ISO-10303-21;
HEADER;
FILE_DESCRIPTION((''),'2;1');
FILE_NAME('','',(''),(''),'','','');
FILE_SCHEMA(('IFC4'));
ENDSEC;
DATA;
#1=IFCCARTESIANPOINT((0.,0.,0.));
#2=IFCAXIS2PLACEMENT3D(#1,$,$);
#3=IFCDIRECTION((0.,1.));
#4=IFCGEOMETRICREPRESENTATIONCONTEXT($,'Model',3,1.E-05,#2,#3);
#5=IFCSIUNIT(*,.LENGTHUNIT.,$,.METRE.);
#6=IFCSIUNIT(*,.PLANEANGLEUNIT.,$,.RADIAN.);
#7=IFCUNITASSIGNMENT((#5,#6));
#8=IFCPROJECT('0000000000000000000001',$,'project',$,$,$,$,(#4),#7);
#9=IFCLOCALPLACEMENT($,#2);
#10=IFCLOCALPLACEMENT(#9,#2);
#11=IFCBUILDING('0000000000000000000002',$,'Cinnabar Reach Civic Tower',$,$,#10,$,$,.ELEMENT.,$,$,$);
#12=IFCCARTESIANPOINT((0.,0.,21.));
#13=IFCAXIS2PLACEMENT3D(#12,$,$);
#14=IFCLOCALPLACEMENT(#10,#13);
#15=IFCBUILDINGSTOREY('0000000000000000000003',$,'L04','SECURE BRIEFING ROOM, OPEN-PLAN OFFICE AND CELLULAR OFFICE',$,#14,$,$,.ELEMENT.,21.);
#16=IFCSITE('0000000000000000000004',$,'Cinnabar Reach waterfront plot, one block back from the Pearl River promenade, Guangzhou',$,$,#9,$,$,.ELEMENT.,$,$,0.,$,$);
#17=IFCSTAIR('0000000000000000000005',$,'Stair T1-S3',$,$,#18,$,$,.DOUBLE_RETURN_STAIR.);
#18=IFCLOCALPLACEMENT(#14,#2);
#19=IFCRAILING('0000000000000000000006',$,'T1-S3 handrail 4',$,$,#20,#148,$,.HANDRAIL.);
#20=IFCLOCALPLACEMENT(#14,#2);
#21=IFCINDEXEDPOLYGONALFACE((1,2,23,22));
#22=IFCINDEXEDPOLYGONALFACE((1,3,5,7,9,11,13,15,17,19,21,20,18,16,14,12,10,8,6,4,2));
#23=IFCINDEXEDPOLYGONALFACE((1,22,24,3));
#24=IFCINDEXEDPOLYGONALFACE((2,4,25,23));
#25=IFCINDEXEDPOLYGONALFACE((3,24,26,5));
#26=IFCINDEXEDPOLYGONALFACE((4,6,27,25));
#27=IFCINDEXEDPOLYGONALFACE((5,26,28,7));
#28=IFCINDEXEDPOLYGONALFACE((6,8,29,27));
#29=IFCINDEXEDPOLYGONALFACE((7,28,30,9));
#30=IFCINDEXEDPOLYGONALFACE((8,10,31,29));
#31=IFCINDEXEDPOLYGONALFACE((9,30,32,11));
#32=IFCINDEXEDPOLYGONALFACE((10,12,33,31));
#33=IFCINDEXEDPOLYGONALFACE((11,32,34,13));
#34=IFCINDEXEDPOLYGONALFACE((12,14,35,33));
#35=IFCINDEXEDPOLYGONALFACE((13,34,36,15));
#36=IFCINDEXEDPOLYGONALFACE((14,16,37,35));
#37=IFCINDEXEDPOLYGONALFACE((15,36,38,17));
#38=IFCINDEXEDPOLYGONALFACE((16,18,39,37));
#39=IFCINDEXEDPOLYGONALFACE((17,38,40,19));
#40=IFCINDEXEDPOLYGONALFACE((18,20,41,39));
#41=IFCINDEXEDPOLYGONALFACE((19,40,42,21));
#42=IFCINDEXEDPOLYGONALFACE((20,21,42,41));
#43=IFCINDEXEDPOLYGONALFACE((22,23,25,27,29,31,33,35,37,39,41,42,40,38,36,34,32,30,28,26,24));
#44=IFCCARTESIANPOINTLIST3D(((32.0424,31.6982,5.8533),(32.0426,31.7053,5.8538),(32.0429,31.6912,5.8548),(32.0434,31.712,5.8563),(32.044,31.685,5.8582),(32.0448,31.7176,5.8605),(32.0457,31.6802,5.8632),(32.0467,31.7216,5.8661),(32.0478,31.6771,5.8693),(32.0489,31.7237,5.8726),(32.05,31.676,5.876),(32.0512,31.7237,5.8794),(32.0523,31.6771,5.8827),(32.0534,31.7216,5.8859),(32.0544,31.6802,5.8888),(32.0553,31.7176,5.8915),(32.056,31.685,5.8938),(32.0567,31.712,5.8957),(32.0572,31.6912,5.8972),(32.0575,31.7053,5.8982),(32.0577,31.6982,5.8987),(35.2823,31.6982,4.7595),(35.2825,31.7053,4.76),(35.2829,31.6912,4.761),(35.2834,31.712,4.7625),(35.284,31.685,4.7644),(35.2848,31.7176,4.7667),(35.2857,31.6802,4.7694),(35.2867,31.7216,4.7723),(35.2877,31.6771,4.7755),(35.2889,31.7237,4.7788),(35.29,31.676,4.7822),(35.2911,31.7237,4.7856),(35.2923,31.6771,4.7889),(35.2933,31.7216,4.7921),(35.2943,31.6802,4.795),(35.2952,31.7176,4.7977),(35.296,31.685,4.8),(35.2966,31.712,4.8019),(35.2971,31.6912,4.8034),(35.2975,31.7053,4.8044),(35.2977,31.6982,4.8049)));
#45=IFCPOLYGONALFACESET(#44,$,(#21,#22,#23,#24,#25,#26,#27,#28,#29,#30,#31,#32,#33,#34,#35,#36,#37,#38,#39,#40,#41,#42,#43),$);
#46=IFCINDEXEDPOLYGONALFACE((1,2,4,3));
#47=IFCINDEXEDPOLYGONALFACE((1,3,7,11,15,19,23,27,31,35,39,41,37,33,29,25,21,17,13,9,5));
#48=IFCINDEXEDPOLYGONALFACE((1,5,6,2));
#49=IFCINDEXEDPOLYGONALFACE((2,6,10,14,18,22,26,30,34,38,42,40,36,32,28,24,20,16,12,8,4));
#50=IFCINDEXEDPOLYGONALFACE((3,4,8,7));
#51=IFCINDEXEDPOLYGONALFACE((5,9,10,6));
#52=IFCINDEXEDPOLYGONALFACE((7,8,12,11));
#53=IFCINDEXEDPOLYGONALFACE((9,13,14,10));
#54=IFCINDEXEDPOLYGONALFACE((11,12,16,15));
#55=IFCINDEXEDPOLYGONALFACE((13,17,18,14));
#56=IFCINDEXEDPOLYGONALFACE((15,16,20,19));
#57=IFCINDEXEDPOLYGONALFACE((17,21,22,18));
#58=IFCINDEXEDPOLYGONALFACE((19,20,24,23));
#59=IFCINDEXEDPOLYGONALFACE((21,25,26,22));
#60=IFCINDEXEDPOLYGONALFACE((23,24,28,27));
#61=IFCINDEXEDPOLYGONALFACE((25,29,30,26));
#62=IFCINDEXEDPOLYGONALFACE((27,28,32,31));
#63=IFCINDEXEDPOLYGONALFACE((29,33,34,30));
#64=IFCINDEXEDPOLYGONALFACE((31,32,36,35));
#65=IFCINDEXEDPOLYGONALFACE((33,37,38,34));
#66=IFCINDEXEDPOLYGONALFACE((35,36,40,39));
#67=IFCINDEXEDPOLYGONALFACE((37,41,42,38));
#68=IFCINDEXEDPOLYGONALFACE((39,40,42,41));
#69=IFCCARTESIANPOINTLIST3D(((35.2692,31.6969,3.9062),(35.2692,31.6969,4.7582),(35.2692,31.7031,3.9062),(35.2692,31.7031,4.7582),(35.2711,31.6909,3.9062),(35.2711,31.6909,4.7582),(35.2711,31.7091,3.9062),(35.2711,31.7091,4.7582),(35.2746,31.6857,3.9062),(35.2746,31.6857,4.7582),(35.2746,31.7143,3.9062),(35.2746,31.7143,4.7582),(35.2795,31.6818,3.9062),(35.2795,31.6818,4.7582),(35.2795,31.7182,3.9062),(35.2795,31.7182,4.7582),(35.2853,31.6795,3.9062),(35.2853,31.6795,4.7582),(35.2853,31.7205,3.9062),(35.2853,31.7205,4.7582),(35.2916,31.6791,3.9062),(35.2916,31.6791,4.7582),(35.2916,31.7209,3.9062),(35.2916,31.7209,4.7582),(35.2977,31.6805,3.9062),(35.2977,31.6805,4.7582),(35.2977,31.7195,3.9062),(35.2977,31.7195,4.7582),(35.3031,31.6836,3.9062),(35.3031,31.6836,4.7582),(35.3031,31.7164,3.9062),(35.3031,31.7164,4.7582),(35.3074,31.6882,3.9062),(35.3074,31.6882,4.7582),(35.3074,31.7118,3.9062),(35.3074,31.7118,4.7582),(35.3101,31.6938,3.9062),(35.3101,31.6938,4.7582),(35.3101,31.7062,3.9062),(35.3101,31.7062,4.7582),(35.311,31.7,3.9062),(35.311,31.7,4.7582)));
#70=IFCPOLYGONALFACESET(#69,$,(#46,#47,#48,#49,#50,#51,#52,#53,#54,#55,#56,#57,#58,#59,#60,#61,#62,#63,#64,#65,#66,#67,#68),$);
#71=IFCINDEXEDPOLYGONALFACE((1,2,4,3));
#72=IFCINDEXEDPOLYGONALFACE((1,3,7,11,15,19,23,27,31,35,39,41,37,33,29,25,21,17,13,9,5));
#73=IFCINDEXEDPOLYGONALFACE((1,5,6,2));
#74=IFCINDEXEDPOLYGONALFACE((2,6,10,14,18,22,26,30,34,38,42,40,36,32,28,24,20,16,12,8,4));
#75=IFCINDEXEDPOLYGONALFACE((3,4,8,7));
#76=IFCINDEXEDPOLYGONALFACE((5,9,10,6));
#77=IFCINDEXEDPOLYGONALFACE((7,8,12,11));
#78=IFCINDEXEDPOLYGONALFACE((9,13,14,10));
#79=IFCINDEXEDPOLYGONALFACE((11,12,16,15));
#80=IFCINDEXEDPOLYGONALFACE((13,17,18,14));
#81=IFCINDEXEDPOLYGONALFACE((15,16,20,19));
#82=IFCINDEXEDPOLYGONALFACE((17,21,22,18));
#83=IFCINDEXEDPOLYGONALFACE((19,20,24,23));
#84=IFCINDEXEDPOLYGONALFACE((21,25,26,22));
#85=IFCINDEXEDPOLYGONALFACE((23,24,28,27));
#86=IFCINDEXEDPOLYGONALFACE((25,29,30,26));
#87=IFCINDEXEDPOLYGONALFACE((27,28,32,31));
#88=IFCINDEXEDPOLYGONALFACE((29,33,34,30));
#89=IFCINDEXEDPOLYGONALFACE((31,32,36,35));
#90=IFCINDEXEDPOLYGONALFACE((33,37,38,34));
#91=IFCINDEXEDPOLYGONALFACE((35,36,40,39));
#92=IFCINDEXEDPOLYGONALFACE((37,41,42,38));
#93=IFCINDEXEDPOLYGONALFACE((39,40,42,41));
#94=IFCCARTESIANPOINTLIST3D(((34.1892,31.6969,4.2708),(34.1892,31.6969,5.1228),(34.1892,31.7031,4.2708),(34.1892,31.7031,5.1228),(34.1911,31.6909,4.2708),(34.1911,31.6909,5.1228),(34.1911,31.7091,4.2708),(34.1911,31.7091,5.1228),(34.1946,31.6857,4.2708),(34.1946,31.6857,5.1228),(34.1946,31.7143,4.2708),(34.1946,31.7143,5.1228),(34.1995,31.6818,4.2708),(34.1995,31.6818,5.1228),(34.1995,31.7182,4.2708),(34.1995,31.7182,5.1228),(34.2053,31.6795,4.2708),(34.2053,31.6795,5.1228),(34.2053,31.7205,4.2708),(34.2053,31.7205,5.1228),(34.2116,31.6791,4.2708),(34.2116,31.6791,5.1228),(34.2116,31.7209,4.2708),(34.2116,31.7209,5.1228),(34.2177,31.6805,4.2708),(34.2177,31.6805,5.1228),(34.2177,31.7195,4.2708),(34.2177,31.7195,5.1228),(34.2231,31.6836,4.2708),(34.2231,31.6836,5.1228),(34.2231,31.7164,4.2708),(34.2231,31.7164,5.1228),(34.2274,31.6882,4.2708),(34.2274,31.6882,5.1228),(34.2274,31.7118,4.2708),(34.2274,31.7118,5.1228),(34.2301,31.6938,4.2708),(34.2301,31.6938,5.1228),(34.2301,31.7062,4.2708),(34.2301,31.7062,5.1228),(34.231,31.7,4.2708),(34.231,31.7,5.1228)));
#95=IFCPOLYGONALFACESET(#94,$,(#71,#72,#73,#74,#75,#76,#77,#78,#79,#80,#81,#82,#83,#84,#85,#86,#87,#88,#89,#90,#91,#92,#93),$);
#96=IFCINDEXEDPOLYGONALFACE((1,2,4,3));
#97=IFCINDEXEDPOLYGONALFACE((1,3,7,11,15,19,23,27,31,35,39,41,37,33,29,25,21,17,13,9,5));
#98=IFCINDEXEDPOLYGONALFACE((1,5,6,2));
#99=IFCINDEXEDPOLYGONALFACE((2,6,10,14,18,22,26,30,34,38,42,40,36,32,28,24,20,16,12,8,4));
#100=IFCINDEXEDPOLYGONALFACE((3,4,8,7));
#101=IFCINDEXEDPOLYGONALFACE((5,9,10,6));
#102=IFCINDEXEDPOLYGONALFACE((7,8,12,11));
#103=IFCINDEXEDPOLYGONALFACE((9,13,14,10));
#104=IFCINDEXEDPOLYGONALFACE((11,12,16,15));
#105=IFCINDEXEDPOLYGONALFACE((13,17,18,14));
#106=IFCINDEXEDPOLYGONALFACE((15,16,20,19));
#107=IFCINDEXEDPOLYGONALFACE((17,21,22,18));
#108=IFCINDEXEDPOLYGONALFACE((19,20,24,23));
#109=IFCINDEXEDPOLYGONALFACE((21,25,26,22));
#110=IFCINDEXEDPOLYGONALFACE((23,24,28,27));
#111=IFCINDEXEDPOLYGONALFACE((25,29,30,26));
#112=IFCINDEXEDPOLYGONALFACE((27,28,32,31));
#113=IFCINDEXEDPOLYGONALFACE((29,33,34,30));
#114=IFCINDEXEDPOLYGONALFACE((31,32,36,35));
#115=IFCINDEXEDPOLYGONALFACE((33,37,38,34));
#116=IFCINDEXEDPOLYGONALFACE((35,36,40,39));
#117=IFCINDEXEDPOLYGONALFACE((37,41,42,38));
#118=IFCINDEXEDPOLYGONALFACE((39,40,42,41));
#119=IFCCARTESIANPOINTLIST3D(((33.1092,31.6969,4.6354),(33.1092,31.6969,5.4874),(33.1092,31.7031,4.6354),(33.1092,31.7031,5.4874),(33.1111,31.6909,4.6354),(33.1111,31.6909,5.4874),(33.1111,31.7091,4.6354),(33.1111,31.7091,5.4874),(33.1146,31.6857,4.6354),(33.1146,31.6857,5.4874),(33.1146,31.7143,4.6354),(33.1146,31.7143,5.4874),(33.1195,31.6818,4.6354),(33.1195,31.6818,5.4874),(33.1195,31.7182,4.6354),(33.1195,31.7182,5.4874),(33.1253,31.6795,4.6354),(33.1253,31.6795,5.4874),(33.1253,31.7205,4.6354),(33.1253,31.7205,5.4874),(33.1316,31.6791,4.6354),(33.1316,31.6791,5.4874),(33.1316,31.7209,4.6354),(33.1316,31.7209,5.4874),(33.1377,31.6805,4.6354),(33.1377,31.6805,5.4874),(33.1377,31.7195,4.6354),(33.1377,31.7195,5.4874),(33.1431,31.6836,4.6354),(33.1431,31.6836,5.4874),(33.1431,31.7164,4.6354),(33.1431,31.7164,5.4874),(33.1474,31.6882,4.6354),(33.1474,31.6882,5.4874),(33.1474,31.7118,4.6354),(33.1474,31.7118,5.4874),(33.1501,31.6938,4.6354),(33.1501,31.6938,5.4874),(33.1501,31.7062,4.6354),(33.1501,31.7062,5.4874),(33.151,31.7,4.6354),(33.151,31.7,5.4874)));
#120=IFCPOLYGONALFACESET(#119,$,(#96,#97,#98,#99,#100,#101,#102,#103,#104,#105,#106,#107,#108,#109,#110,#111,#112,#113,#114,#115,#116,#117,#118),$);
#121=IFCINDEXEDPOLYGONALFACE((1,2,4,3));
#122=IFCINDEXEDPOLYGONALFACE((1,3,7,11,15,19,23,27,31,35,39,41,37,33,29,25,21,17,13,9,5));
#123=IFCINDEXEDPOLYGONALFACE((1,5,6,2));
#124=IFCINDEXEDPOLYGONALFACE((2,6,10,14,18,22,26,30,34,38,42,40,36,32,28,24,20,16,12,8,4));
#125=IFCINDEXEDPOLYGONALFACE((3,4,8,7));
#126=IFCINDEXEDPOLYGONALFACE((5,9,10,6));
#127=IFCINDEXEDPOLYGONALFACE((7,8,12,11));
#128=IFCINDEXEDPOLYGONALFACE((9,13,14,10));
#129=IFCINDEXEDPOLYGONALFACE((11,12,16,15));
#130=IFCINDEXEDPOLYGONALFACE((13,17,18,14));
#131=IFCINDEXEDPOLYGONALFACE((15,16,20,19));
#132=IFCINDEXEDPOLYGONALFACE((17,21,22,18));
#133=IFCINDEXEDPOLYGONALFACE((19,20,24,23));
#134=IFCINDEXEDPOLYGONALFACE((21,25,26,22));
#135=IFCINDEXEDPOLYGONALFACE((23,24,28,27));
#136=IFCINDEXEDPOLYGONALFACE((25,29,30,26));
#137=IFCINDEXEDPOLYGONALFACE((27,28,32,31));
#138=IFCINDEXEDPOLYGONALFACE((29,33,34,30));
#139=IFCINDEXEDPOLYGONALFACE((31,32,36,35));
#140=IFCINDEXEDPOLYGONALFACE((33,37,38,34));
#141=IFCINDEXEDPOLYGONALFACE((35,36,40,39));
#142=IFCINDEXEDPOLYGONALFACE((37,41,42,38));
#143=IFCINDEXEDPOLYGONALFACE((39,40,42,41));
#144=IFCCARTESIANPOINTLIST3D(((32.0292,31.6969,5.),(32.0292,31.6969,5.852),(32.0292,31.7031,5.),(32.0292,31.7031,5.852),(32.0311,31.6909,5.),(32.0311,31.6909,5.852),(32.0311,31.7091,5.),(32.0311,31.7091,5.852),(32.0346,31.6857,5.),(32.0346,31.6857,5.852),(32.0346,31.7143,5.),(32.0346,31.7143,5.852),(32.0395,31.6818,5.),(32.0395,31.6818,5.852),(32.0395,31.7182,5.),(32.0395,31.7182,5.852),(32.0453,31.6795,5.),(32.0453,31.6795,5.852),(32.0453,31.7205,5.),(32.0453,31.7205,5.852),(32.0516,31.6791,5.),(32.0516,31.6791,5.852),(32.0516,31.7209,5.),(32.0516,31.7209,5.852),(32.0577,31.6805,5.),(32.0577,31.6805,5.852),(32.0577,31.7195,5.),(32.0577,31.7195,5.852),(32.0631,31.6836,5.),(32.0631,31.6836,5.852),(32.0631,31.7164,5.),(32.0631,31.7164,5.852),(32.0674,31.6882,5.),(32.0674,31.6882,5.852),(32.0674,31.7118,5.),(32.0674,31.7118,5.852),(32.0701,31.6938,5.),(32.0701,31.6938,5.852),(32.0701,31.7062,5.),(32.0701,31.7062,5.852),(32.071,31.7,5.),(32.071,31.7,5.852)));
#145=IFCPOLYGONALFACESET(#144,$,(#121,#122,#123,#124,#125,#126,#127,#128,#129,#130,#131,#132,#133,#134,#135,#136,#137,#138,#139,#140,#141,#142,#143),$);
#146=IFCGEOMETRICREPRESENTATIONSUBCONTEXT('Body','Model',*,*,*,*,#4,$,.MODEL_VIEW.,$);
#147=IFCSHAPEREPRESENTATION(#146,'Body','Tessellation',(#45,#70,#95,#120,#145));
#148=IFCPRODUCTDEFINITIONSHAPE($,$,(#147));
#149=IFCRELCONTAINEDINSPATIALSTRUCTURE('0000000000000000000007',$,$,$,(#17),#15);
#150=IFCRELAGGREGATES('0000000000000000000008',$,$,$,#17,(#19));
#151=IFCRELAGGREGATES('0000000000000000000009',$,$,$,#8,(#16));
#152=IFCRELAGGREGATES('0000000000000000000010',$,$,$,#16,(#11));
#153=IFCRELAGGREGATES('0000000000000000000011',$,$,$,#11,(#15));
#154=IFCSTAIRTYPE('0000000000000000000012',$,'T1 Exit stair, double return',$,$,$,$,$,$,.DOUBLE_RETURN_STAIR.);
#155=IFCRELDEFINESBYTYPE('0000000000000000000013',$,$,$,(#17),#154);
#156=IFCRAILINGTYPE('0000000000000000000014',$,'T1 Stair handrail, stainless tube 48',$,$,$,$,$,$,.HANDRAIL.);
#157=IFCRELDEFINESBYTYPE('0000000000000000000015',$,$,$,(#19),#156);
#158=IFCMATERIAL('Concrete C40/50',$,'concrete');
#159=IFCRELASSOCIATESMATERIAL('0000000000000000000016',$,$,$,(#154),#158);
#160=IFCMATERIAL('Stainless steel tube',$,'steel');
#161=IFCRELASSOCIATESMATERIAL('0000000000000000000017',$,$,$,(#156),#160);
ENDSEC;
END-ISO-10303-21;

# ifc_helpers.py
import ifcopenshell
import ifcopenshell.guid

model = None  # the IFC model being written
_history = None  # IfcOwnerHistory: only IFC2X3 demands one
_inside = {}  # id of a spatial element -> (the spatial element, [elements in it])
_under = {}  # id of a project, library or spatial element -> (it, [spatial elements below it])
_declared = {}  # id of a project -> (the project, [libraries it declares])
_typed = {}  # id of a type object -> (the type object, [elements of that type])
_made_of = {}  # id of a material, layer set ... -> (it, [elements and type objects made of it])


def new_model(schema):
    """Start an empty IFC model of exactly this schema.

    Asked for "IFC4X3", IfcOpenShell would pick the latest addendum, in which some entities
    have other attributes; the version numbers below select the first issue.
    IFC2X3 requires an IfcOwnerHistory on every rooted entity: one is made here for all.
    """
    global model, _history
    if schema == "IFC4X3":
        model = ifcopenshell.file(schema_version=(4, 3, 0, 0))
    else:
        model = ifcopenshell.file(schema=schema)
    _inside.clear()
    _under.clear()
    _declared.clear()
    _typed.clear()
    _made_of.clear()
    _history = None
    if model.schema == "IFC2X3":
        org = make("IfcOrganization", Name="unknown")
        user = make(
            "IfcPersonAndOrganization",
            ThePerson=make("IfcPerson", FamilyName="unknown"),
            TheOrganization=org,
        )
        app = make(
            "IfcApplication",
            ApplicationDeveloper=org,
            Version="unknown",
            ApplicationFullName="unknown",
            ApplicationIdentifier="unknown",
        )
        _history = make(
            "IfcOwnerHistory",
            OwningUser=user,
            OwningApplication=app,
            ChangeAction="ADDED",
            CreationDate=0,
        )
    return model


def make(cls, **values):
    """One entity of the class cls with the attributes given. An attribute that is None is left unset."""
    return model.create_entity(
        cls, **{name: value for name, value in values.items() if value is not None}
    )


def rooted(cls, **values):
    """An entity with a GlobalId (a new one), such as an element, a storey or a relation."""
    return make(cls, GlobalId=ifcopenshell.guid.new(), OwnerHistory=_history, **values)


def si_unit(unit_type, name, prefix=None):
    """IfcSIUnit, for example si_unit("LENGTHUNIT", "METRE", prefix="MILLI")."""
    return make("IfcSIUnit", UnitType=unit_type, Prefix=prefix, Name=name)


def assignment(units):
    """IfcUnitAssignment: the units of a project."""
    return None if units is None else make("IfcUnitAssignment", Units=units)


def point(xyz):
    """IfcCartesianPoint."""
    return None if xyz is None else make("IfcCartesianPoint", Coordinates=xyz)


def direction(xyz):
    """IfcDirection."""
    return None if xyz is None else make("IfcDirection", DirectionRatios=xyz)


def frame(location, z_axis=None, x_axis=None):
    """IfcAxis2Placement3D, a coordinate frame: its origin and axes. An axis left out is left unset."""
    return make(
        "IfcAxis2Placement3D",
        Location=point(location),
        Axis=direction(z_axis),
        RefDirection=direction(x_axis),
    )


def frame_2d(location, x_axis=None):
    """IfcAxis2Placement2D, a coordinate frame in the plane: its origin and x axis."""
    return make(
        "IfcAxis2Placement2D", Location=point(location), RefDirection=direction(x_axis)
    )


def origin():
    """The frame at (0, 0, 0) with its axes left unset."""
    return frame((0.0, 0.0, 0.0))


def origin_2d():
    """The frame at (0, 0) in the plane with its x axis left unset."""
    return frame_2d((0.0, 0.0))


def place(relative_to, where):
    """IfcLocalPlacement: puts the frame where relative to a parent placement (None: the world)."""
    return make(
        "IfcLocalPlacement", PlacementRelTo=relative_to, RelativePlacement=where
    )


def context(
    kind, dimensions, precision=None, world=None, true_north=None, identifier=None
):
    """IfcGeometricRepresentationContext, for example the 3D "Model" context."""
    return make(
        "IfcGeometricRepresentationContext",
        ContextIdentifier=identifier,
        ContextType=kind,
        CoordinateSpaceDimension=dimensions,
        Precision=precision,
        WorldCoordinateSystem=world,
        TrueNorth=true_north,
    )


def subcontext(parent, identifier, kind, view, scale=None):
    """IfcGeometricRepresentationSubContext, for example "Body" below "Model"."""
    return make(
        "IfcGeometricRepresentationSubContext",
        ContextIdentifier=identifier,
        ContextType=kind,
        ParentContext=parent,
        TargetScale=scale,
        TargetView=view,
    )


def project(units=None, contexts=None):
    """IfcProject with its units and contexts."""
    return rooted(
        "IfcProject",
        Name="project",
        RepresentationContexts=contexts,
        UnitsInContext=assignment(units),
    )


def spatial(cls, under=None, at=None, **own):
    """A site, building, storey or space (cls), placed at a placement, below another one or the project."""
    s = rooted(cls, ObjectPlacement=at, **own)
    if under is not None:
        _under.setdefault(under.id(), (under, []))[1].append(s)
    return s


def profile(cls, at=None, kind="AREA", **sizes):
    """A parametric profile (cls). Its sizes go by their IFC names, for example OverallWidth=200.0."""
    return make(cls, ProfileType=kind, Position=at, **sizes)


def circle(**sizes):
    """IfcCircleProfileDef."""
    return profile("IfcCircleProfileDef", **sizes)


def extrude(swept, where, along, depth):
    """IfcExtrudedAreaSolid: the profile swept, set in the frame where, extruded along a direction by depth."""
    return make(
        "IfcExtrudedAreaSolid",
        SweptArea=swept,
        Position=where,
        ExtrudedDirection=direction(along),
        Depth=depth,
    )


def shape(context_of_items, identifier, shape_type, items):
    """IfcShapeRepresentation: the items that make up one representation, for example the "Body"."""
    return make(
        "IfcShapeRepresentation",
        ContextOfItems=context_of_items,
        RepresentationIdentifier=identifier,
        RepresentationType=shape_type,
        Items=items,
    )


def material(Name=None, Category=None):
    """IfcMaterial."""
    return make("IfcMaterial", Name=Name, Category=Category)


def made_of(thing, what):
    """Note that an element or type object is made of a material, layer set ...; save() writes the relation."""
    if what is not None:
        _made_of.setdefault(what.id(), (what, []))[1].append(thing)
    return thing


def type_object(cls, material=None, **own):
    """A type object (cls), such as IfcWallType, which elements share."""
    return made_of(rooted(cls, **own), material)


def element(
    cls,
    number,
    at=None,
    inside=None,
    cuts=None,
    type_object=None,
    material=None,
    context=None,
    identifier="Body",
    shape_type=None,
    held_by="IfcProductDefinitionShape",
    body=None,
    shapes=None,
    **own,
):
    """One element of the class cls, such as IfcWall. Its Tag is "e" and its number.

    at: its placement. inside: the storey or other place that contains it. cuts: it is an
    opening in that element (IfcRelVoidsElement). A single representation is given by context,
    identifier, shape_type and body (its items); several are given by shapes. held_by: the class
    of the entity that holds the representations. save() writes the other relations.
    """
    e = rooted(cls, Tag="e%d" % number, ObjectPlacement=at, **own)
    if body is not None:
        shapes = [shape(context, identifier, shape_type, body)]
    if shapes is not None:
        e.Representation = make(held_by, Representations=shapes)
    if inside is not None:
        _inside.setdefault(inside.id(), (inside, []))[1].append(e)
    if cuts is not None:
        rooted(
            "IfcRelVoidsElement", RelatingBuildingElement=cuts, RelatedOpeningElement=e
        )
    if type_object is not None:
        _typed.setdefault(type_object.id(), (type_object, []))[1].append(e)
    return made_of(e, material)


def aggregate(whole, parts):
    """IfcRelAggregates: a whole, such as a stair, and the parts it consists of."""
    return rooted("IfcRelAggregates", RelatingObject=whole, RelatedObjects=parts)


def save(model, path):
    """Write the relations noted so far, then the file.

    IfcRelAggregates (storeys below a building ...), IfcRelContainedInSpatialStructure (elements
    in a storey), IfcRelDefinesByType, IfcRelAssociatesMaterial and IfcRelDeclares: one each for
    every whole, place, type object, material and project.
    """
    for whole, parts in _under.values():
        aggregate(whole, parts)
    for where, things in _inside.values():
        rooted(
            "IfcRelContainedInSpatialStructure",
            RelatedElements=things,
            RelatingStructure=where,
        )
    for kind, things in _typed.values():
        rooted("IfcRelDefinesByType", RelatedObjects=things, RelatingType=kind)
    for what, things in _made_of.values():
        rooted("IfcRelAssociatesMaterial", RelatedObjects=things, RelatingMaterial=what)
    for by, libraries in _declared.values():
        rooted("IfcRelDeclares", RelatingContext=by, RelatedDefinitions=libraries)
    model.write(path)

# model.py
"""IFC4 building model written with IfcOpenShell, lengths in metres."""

from ifc_helpers import new_model, si_unit, direction, frame, origin, origin_2d, place, context, subcontext, project, spatial, circle, extrude, material, type_object, element, aggregate, save


model = new_model("IFC4")

# Units and contexts
model_context = context("Model", 3, precision=1e-05, world=origin(), true_north=direction((0.0, 1.0)))
body_context = subcontext(model_context, "Body", "Model", "MODEL_VIEW")
ifc_project = project(units=[si_unit("LENGTHUNIT", "METRE"), si_unit("PLANEANGLEUNIT", "RADIAN")], contexts=[model_context])

# Site, building, storey
site_placement = place(None, origin())
site = spatial("IfcSite", under=ifc_project, at=site_placement, Name="Cinnabar Reach waterfront plot, one block back from the Pearl River promenade, Guangzhou", CompositionType="ELEMENT", RefElevation=0.0)
building_placement = place(site_placement, origin())
building = spatial("IfcBuilding", under=site, at=building_placement, Name="Cinnabar Reach Civic Tower", CompositionType="ELEMENT")
storey_placement = place(building_placement, frame((0.0, 0.0, 21.0)))
storey = spatial("IfcBuildingStorey", under=building, at=storey_placement, Name="L04", Description="SECURE BRIEFING ROOM, OPEN-PLAN OFFICE AND CELLULAR OFFICE", CompositionType="ELEMENT", Elevation=21.0)

# Stair, railing
ifc_material_1 = material(Name="Concrete C40/50", Category="concrete")
stair_type = type_object("IfcStairType", Name="T1 Exit stair, double return", PredefinedType="DOUBLE_RETURN_STAIR", material=ifc_material_1)
stair_placement = place(storey_placement, origin())
stair = element("IfcStair", 1, at=stair_placement, inside=storey, type_object=stair_type, Name="Stair T1-S3", PredefinedType="DOUBLE_RETURN_STAIR")
ifc_material_2 = material(Name="Stainless steel tube", Category="steel")
railing_type = type_object("IfcRailingType", Name="T1 Stair handrail, stainless tube 48", PredefinedType="HANDRAIL", material=ifc_material_2)
railing_1_placement = place(storey_placement, frame((35.29, 31.7, 3.9062)))
railing_1 = element("IfcRailing", 2, at=railing_1_placement, type_object=railing_type, Name="T1-S3 handrail 4", PredefinedType="HANDRAIL", context=body_context, shape_type="SweptSolid", body=[
    extrude(circle(Radius=0.024, at=origin_2d()), frame((0.0, 0.0, 0.876), z_axis=(-0.947466, 0.0, 0.319857), x_axis=(0.0, -1.0, 0.0)), (0.0, 0.0, 1.0), 3.4196),
    extrude(circle(Radius=0.021, at=origin_2d()), origin(), (0.0, 0.0, 1.0), 0.852),
    extrude(circle(Radius=0.021, at=origin_2d()), frame((-1.08, 0.0, 0.3646)), (0.0, 0.0, 1.0), 0.852),
    extrude(circle(Radius=0.021, at=origin_2d()), frame((-2.16, 0.0, 0.7292)), (0.0, 0.0, 1.0), 0.852),
    extrude(circle(Radius=0.021, at=origin_2d()), frame((-3.24, 0.0, 1.0938)), (0.0, 0.0, 1.0), 0.852),
])
aggregate(stair, [railing_1])

save(model, "model.ifc")
